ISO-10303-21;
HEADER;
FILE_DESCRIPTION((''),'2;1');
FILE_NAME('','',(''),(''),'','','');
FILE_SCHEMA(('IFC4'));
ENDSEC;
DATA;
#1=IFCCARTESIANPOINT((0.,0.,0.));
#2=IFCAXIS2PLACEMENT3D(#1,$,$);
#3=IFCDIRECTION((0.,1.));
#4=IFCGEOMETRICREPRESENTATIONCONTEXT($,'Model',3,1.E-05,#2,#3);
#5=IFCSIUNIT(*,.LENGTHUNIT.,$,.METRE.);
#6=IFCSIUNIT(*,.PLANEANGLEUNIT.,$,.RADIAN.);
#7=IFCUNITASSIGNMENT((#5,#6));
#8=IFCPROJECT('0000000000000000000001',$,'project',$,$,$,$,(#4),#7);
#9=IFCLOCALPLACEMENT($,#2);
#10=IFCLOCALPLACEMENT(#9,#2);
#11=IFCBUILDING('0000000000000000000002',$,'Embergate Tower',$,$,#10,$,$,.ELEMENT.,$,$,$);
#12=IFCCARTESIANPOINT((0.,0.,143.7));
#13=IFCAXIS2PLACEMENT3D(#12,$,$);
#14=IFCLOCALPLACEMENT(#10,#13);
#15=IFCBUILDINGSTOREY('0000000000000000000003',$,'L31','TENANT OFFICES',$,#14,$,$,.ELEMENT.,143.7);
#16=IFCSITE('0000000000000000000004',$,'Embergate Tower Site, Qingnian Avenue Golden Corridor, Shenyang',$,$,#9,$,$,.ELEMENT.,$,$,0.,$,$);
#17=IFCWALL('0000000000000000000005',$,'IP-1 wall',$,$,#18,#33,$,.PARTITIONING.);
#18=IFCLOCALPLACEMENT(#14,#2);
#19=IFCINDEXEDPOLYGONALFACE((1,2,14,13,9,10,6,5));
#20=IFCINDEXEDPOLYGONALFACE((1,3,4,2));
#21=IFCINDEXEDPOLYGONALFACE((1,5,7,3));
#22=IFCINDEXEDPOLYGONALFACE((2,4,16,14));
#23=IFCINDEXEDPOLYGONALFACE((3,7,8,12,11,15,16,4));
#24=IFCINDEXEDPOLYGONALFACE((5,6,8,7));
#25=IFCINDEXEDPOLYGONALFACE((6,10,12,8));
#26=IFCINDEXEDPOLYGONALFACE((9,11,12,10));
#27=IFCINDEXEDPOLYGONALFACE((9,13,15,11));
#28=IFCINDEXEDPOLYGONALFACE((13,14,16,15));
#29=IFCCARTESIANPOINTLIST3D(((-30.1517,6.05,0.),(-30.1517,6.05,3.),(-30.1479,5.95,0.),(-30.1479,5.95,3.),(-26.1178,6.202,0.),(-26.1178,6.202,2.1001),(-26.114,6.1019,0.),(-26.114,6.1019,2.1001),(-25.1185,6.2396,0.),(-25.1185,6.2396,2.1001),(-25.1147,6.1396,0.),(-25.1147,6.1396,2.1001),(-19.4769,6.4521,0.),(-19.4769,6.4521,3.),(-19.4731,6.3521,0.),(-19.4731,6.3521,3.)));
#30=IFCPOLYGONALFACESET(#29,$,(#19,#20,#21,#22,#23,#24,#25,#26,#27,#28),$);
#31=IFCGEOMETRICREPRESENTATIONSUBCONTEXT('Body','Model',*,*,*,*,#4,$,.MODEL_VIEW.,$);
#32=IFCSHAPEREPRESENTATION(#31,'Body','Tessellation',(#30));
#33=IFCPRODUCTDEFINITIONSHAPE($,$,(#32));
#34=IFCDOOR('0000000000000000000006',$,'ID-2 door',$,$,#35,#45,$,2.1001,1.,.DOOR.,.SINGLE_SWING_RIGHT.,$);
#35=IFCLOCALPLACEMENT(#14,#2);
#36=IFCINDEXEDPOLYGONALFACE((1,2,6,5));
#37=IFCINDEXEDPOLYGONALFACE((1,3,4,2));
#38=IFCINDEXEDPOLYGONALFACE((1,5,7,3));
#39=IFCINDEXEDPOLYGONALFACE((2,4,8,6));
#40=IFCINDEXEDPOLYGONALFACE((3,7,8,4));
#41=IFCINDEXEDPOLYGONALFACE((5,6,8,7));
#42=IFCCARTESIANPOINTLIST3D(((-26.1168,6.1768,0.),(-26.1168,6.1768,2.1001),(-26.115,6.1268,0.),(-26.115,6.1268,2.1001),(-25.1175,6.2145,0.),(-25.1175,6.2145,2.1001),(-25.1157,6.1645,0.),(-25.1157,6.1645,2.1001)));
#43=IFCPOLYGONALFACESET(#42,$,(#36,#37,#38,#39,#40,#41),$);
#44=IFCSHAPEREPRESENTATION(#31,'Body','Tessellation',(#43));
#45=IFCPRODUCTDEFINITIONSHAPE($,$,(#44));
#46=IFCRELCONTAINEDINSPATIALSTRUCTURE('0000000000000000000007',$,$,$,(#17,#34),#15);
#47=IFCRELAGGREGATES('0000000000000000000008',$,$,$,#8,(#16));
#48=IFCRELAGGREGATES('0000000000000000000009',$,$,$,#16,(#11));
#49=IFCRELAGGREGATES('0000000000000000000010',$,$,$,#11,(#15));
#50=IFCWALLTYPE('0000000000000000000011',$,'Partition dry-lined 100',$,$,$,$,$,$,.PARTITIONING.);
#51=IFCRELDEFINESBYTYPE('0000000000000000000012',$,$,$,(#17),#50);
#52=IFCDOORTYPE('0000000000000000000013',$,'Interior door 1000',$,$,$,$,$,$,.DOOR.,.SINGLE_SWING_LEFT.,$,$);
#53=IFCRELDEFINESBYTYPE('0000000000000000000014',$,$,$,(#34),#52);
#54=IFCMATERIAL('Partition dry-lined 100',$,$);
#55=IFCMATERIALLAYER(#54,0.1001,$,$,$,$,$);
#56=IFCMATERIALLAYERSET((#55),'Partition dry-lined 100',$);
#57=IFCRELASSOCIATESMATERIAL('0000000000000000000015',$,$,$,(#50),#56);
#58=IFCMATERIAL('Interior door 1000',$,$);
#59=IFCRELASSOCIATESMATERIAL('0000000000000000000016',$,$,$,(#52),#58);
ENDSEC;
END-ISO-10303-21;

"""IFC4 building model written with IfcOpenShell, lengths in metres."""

from ifc_helpers import new_model, si_unit, direction, frame, frame_2d, origin, place, context, subcontext, project, spatial, rectangle, extrude, source, transform, mapped, material, layer, layer_set, type_object, element, fill, save


model = new_model("IFC4")

# Units and contexts
model_context = context("Model", 3, precision=1e-05, world=origin(), true_north=direction((0.0, 1.0)))
body_context = subcontext(model_context, "Body", "Model", "MODEL_VIEW")
ifc_project = project(units=[si_unit("LENGTHUNIT", "METRE"), si_unit("PLANEANGLEUNIT", "RADIAN")], contexts=[model_context])

# Site, building, storey
site_placement = place(None, origin())
site = spatial("IfcSite", under=ifc_project, at=site_placement, Name="Embergate Tower Site, Qingnian Avenue Golden Corridor, Shenyang", CompositionType="ELEMENT", RefElevation=0.0)
building_placement = place(site_placement, origin())
building = spatial("IfcBuilding", under=site, at=building_placement, Name="Embergate Tower", CompositionType="ELEMENT")
storey_placement = place(building_placement, frame((0.0, 0.0, 143.7)))
storey = spatial("IfcBuildingStorey", under=building, at=storey_placement, Name="L31", Description="TENANT OFFICES", CompositionType="ELEMENT", Elevation=143.7)

# Shared definitions
ifc_material_1 = material(Name="Partition dry-lined 100")
ifc_layer_1 = layer(ifc_material_1, 0.1001)
ifc_layer_set_1 = layer_set([ifc_layer_1], Name="Partition dry-lined 100")
wall_type_1 = type_object("IfcWallType", Name="Partition dry-lined 100", PredefinedType="PARTITIONING", material=ifc_layer_set_1)

# Wall, opening, door
shared_shape_1 = source(origin(), body_context, "Body", "SweptSolid", [
    extrude(rectangle(XDim=1.0, YDim=2.1001, at=frame_2d((0.5, 1.05))), frame((0.0, 0.0601, 0.0), z_axis=(0.0, -1.0, 0.0), x_axis=(1.0, 0.0, 0.0)), (0.0, 0.0, 1.0), 0.1201),
])
ifc_material_2 = material(Name="Interior door 1000")
door_type_1 = type_object("IfcDoorType", Name="Interior door 1000", OperationType="SINGLE_SWING_LEFT", PredefinedType="DOOR", material=ifc_material_2)
shared_shape_2 = source(origin(), body_context, "Body", "SweptSolid", [
    extrude(rectangle(XDim=1.0, YDim=2.1001, at=frame_2d((0.5, 1.05))), frame((0.0, 0.0249, 0.0), z_axis=(0.0, -1.0, 0.0), x_axis=(1.0, 0.0, 0.0)), (0.0, 0.0, 1.0), 0.05),
])
shared_shape_3 = source(origin(), body_context, "Body", "SweptSolid", [
    extrude(rectangle(XDim=10.6824, YDim=0.1001, at=frame_2d((5.3413, 0.0))), origin(), (0.0, 0.0, 1.0), 3.0),
])
wall_1_placement = place(storey_placement, frame((-30.1499, 6.0, 0.0), z_axis=(0.0, 0.0, 1.0), x_axis=(0.999291, 0.037641, 0.0)))
wall_1 = element("IfcWall", 1, at=wall_1_placement, inside=storey, type_object=wall_type_1, Name="IP-1 wall", PredefinedType="PARTITIONING", context=body_context, shape_type="MappedRepresentation", body=[
    mapped(shared_shape_3, transform((0.0, 0.0, 0.0))),
])
opening_1_placement = place(wall_1_placement, frame((4.0369, 0.0, 0.0)))
opening_1 = element("IfcOpeningElement", 2, at=opening_1_placement, cuts=wall_1, PredefinedType="OPENING", context=body_context, shape_type="MappedRepresentation", body=[
    mapped(shared_shape_1, transform((0.0, 0.0, 0.0))),
])
door_1_placement = place(opening_1_placement, origin())
door_1 = element("IfcDoor", 3, at=door_1_placement, inside=storey, type_object=door_type_1, Name="ID-2 door", OperationType="SINGLE_SWING_RIGHT", OverallHeight=2.1001, OverallWidth=1.0, PredefinedType="DOOR", context=body_context, shape_type="MappedRepresentation", body=[
    mapped(shared_shape_2, transform((0.0, 0.0, 0.0))),
])
fill(opening_1, door_1)

save(model, "model.ifc")
